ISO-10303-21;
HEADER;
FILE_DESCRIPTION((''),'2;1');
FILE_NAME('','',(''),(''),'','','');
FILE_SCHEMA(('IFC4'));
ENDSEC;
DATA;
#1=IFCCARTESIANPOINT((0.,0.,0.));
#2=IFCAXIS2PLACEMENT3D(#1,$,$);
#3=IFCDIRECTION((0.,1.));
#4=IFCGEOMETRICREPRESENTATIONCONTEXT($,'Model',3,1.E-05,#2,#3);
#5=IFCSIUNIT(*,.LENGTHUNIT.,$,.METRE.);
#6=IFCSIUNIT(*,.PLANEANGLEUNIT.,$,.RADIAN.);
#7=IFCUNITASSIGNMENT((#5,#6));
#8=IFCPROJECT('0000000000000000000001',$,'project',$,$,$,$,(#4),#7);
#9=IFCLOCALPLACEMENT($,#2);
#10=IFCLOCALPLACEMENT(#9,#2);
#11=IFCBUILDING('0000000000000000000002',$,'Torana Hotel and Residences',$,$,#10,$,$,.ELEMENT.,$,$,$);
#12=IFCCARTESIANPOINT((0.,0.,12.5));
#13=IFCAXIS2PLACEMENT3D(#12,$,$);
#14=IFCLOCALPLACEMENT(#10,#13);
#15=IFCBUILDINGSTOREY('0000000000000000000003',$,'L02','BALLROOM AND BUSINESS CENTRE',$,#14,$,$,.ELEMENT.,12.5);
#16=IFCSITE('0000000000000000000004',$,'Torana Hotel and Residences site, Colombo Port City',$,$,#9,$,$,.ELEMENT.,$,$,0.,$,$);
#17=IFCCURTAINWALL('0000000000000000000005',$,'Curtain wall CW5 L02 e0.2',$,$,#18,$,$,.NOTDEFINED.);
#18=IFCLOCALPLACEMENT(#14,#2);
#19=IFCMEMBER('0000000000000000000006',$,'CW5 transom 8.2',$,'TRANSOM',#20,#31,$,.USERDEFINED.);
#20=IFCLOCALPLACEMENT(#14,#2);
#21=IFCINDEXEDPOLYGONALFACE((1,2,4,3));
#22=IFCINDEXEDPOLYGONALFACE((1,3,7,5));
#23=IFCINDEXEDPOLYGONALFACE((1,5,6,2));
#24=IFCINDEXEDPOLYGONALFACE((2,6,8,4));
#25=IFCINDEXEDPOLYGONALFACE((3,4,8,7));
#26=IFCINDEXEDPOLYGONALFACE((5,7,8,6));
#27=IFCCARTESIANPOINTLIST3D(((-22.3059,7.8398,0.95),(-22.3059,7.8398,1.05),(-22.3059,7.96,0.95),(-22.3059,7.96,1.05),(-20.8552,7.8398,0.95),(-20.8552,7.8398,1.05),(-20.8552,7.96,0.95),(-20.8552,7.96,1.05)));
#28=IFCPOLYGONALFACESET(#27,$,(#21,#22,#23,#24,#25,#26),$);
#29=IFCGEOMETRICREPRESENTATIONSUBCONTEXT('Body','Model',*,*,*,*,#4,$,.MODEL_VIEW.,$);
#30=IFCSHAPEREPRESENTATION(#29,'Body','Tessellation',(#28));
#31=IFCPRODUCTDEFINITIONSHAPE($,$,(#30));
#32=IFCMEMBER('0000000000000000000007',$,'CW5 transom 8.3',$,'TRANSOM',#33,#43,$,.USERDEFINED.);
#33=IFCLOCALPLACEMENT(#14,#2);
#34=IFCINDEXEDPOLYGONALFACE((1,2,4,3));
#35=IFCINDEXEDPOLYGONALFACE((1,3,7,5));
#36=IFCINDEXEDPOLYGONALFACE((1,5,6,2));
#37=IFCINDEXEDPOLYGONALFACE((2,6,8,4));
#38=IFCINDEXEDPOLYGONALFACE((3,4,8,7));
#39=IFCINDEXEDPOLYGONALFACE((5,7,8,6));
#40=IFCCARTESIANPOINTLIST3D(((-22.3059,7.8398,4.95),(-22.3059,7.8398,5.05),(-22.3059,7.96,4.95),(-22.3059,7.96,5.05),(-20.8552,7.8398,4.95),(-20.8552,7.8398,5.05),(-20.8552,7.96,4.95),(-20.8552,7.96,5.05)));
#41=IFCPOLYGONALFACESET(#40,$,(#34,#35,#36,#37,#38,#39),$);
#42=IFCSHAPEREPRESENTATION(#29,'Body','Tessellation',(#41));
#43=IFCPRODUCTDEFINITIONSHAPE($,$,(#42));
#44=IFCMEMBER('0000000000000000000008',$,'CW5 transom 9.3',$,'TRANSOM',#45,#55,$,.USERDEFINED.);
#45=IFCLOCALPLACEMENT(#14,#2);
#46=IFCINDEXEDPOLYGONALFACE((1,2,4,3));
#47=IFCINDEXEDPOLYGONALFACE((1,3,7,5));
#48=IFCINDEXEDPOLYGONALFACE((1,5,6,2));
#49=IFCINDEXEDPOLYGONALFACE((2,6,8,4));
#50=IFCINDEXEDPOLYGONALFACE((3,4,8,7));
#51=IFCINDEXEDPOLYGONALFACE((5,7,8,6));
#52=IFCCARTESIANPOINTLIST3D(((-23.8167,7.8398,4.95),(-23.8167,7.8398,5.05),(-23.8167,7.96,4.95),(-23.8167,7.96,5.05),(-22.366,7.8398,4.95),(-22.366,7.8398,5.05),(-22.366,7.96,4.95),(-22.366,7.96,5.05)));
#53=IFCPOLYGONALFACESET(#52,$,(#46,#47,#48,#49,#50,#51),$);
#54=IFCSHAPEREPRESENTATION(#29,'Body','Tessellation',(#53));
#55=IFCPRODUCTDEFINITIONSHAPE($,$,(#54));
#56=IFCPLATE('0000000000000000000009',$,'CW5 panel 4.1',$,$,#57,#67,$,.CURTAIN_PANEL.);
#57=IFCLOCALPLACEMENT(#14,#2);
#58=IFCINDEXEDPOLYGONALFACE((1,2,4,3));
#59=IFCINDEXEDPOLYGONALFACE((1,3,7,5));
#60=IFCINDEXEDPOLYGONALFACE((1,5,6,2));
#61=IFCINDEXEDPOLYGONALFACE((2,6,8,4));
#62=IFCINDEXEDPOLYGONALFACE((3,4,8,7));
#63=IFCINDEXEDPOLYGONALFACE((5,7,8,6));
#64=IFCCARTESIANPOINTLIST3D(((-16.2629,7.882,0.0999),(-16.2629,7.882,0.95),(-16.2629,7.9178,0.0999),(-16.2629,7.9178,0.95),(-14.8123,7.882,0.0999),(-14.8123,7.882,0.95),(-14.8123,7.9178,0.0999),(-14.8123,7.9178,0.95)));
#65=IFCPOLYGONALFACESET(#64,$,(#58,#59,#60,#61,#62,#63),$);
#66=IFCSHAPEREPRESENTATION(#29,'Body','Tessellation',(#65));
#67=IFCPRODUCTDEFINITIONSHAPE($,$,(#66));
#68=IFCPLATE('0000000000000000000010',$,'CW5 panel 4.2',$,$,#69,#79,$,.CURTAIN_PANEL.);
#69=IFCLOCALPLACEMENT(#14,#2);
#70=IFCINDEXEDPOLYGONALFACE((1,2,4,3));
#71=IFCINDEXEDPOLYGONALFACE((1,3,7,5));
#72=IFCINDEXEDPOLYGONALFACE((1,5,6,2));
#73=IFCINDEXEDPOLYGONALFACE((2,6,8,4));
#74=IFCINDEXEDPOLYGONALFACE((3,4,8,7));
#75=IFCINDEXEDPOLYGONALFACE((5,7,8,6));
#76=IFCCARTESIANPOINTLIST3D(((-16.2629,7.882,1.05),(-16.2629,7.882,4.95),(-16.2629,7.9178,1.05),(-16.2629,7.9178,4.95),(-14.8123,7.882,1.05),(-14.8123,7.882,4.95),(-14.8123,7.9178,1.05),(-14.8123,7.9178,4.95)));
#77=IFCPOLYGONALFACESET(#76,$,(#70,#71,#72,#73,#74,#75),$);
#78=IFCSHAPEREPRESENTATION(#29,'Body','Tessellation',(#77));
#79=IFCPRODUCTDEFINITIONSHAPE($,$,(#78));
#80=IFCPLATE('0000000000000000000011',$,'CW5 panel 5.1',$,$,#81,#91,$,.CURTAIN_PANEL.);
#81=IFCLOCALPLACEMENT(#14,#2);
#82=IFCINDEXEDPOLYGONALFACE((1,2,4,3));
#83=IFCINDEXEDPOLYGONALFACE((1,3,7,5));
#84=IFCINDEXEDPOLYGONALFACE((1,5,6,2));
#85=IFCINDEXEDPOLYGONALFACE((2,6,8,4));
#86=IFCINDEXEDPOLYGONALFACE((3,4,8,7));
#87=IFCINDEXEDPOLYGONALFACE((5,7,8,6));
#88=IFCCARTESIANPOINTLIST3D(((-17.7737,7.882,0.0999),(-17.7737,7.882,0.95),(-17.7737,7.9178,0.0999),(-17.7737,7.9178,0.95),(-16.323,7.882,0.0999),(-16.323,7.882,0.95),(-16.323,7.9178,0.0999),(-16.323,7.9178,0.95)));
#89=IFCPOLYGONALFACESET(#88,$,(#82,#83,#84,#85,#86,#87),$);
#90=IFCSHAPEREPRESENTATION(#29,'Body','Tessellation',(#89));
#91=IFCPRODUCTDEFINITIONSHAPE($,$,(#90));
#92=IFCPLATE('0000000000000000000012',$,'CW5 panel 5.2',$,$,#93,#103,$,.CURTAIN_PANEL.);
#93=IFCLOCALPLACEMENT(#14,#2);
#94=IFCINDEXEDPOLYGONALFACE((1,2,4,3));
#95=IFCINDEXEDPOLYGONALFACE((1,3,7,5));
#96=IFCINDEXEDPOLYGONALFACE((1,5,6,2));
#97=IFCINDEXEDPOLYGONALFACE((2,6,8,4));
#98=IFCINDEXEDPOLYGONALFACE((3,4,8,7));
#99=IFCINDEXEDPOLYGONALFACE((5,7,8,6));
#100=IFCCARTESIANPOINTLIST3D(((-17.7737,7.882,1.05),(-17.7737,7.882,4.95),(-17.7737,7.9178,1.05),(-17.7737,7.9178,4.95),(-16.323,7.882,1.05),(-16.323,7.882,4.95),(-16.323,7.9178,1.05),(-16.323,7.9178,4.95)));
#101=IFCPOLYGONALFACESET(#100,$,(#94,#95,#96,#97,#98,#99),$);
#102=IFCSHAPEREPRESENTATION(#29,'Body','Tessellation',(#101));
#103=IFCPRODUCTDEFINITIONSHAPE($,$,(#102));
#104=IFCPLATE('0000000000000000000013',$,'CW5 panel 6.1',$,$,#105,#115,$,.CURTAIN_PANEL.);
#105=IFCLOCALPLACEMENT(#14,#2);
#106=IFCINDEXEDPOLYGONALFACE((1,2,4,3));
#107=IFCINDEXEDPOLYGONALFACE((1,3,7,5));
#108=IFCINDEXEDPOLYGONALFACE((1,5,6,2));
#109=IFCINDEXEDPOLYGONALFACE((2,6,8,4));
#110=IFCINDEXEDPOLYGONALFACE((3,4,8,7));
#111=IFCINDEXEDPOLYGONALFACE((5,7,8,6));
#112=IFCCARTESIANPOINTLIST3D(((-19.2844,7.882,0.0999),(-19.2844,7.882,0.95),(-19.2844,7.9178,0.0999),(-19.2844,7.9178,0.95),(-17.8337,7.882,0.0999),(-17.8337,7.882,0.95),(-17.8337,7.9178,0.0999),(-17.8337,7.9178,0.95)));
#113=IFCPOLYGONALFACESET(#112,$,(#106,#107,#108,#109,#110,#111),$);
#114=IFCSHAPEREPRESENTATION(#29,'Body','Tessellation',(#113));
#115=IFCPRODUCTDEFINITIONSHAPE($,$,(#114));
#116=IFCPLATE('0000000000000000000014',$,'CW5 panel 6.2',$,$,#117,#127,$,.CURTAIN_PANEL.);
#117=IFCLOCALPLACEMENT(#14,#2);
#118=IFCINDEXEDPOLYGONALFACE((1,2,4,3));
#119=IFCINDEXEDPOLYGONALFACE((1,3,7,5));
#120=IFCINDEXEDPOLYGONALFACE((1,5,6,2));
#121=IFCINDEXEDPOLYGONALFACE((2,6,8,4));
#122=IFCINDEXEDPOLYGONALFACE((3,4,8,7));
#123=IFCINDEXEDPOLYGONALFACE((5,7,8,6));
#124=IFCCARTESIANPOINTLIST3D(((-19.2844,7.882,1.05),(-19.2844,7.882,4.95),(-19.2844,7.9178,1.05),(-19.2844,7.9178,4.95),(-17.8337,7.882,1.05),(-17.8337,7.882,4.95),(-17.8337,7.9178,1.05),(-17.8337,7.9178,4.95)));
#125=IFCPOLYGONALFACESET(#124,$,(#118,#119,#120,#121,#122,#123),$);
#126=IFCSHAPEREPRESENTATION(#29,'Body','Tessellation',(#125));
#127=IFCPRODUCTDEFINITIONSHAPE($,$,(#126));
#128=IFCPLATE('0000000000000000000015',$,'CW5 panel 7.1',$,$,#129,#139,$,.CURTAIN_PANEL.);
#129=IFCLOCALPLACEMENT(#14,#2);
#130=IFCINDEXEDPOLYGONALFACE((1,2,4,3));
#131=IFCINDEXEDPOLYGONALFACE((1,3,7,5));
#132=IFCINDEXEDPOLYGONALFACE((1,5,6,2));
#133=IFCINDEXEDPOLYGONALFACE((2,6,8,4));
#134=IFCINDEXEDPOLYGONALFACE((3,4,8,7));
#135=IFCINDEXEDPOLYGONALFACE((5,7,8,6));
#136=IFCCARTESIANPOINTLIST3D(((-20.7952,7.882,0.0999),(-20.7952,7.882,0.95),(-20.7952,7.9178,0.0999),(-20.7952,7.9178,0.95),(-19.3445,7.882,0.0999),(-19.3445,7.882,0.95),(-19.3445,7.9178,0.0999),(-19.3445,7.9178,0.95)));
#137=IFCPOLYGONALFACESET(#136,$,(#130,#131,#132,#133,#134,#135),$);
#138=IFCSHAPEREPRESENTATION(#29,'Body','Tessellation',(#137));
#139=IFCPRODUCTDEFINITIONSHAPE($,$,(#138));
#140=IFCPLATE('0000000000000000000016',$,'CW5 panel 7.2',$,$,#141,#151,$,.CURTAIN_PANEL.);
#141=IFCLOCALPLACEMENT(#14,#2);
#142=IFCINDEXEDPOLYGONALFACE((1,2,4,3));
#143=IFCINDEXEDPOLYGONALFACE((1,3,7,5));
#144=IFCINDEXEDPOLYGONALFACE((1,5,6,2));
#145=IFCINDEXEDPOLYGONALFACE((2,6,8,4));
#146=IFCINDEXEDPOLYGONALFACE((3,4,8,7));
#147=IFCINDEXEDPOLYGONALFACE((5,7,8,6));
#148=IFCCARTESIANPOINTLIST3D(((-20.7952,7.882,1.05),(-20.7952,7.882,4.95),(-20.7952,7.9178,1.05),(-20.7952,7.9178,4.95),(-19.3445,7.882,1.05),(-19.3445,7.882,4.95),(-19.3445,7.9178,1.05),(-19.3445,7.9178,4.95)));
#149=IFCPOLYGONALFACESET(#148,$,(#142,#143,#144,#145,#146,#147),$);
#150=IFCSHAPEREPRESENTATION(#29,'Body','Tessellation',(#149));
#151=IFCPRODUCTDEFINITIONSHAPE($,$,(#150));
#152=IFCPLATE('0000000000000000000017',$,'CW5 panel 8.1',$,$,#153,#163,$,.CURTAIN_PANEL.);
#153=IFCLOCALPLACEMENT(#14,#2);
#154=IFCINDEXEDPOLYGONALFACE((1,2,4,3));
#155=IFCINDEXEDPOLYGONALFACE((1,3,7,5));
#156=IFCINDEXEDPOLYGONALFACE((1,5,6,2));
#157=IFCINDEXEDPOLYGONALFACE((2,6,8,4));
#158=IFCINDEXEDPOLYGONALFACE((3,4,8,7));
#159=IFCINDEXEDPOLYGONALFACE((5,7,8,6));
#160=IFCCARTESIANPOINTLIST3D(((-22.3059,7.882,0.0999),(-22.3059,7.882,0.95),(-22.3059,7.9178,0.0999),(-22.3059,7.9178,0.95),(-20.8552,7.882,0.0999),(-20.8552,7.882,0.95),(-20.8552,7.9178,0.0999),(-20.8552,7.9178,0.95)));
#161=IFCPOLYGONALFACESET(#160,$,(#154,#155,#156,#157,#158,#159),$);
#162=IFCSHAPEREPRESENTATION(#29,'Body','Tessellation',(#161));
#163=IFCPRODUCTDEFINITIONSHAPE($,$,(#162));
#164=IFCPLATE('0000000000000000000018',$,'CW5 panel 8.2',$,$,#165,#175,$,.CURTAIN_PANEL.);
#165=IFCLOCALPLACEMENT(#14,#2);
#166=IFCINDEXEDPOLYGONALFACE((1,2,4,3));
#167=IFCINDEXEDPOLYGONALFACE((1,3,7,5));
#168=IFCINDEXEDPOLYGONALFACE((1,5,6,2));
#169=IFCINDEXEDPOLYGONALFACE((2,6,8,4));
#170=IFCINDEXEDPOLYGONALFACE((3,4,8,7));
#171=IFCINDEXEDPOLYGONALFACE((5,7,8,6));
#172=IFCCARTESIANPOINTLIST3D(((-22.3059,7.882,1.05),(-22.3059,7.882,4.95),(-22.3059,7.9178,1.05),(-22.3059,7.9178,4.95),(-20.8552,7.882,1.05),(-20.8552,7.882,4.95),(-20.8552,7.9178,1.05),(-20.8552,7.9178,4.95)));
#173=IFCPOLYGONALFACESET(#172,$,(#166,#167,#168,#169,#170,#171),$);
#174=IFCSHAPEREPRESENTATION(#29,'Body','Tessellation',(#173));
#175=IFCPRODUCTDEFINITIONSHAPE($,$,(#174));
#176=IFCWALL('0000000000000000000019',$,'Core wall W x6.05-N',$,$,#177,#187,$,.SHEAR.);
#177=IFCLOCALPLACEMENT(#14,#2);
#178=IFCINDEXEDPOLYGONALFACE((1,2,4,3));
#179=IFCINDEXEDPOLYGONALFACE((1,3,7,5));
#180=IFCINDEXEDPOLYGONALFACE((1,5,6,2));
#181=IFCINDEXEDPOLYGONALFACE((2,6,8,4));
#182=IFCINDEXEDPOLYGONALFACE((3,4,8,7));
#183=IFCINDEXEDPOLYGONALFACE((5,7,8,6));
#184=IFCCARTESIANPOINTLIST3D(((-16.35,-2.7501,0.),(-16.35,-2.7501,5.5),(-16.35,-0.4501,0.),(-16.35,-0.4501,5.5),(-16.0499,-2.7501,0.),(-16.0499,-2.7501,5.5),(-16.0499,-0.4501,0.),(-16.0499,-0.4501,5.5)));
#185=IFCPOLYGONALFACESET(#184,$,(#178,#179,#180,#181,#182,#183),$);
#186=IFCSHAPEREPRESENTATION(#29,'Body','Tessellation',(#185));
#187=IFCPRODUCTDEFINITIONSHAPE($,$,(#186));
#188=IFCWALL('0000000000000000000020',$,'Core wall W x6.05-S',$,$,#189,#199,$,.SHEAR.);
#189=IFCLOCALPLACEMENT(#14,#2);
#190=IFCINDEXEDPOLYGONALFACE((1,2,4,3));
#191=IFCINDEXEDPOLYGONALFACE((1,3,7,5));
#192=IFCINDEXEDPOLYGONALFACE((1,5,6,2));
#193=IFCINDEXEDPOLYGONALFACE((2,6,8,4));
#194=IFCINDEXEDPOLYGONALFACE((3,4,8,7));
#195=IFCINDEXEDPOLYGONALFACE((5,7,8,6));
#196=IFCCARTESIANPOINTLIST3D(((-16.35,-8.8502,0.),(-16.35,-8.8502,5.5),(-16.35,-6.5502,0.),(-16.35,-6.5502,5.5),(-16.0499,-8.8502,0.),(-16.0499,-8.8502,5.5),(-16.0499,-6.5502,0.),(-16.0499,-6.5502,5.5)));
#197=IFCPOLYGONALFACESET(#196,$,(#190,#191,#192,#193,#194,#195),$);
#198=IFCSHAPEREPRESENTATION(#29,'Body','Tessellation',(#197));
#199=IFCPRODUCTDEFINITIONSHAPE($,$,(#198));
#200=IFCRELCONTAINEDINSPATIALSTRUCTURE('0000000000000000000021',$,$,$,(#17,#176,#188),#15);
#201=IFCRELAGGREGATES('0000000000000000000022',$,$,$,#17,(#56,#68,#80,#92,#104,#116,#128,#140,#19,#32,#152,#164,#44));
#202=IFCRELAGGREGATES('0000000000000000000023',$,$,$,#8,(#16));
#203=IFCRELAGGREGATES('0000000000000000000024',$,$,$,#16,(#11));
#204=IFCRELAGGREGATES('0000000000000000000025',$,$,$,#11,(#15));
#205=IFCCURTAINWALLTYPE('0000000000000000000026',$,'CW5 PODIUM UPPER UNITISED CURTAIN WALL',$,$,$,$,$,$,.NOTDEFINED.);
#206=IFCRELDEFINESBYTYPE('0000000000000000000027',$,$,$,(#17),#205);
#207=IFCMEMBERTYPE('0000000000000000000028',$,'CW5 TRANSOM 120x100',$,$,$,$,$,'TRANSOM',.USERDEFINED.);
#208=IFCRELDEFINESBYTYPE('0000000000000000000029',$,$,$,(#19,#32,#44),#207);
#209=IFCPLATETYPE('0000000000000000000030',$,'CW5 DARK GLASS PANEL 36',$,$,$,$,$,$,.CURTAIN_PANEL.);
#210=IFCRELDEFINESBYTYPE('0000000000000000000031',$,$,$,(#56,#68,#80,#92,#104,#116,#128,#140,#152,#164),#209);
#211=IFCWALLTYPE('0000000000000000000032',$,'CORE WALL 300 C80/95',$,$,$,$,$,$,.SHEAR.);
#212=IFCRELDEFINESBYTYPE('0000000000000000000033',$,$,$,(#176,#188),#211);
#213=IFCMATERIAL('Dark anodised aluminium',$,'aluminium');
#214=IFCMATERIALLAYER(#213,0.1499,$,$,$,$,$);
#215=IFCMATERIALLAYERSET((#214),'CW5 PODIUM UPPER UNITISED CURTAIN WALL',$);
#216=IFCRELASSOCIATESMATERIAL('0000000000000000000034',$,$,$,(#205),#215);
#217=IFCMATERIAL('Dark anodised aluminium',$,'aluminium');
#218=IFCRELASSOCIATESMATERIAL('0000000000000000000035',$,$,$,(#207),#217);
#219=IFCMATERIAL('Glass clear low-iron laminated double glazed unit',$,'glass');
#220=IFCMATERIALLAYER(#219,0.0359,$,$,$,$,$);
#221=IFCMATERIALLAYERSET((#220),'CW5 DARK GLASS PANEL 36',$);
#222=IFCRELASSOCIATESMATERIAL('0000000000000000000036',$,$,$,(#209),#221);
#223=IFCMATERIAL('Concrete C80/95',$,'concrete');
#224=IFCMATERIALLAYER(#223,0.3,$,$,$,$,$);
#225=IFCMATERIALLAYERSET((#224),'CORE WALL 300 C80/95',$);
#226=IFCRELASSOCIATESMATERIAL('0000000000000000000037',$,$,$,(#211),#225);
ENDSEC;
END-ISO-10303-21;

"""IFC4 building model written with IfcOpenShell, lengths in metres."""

from ifc_helpers import new_model, si_unit, direction, frame, frame_2d, origin, origin_2d, place, context, subcontext, project, spatial, rectangle, extrude, material, layer, layer_set, material_profile, profile_set, type_object, element, aggregate, save


model = new_model("IFC4")

# Units and contexts
model_context = context("Model", 3, precision=1e-05, world=origin(), true_north=direction((0.0, 1.0)))
body_context = subcontext(model_context, "Body", "Model", "MODEL_VIEW")
ifc_project = project(units=[si_unit("LENGTHUNIT", "METRE"), si_unit("PLANEANGLEUNIT", "RADIAN")], contexts=[model_context])

# Site, building, storey
site_placement = place(None, origin())
site = spatial("IfcSite", under=ifc_project, at=site_placement, Name="Torana Hotel and Residences site, Colombo Port City", CompositionType="ELEMENT", RefElevation=0.0)
building_placement = place(site_placement, origin())
building = spatial("IfcBuilding", under=site, at=building_placement, Name="Torana Hotel and Residences", CompositionType="ELEMENT")
storey_placement = place(building_placement, frame((0.0, 0.0, 12.5)))
storey = spatial("IfcBuildingStorey", under=building, at=storey_placement, Name="L02", Description="BALLROOM AND BUSINESS CENTRE", CompositionType="ELEMENT", Elevation=12.5)

# Curtain wall, members, plates
ifc_material_1 = material(Name="Dark anodised aluminium", Category="aluminium")
ifc_layer_1 = layer(ifc_material_1, 0.1499)
ifc_layer_set_1 = layer_set([ifc_layer_1], Name="CW5 PODIUM UPPER UNITISED CURTAIN WALL")
curtain_wall_type = type_object("IfcCurtainWallType", Name="CW5 PODIUM UPPER UNITISED CURTAIN WALL", PredefinedType="NOTDEFINED", material=ifc_layer_set_1)
curtain_wall_placement = place(storey_placement, origin())
curtain_wall = element("IfcCurtainWall", 1, at=curtain_wall_placement, inside=storey, type_object=curtain_wall_type, Name="Curtain wall CW5 L02 e0.2", PredefinedType="NOTDEFINED")
ifc_material_2 = material(Name="Dark anodised aluminium", Category="aluminium")
ifc_material_profile_1 = material_profile(ifc_material_2, rectangle(XDim=0.1201, YDim=0.1001, at=origin_2d()), Name="CW5 TRANSOM 120x100")
ifc_profile_set_1 = profile_set([ifc_material_profile_1], Name="Dark anodised aluminium")
member_type_1 = type_object("IfcMemberType", Name="CW5 TRANSOM 120x100", ElementType="TRANSOM", PredefinedType="USERDEFINED", material=ifc_profile_set_1)
member_1_placement = place(storey_placement, frame((-20.8552, 7.8999, 1.0), z_axis=(-1.0, 0.0, 0.0), x_axis=(0.0, -1.0, 0.0)))
member_1 = element("IfcMember", 2, at=member_1_placement, type_object=member_type_1, Name="CW5 transom 8.2", ObjectType="TRANSOM", PredefinedType="USERDEFINED", context=body_context, shape_type="SweptSolid", body=[
    extrude(rectangle(XDim=0.1201, YDim=0.1001, at=origin_2d()), origin(), (0.0, 0.0, 1.0), 1.4507),
])
member_2_placement = place(storey_placement, frame((-20.8552, 7.8999, 5.0), z_axis=(-1.0, 0.0, 0.0), x_axis=(0.0, -1.0, 0.0)))
member_2 = element("IfcMember", 3, at=member_2_placement, type_object=member_type_1, Name="CW5 transom 8.3", ObjectType="TRANSOM", PredefinedType="USERDEFINED", context=body_context, shape_type="SweptSolid", body=[
    extrude(rectangle(XDim=0.1201, YDim=0.1001, at=origin_2d()), origin(), (0.0, 0.0, 1.0), 1.4507),
])
member_3_placement = place(storey_placement, frame((-22.366, 7.8999, 5.0), z_axis=(-1.0, 0.0, 0.0), x_axis=(0.0, -1.0, 0.0)))
member_3 = element("IfcMember", 4, at=member_3_placement, type_object=member_type_1, Name="CW5 transom 9.3", ObjectType="TRANSOM", PredefinedType="USERDEFINED", context=body_context, shape_type="SweptSolid", body=[
    extrude(rectangle(XDim=0.1201, YDim=0.1001, at=origin_2d()), origin(), (0.0, 0.0, 1.0), 1.4507),
])
ifc_material_3 = material(Name="Glass clear low-iron laminated double glazed unit", Category="glass")
ifc_layer_2 = layer(ifc_material_3, 0.0359)
ifc_layer_set_2 = layer_set([ifc_layer_2], Name="CW5 DARK GLASS PANEL 36")
plate_type = type_object("IfcPlateType", Name="CW5 DARK GLASS PANEL 36", PredefinedType="CURTAIN_PANEL", material=ifc_layer_set_2)
plate_1_placement = place(storey_placement, frame((-15.5376, 7.8999, 0.0999), z_axis=(0.0, 0.0, 1.0), x_axis=(-1.0, 0.0, 0.0)))
plate_1 = element("IfcPlate", 5, at=plate_1_placement, type_object=plate_type, Name="CW5 panel 4.1", PredefinedType="CURTAIN_PANEL", context=body_context, shape_type="SweptSolid", body=[
    extrude(rectangle(XDim=1.4507, YDim=0.0359, at=origin_2d()), origin(), (0.0, 0.0, 1.0), 0.8501),
])
plate_2_placement = place(storey_placement, frame((-15.5376, 7.8999, 1.05), z_axis=(0.0, 0.0, 1.0), x_axis=(-1.0, 0.0, 0.0)))
plate_2 = element("IfcPlate", 6, at=plate_2_placement, type_object=plate_type, Name="CW5 panel 4.2", PredefinedType="CURTAIN_PANEL", context=body_context, shape_type="SweptSolid", body=[
    extrude(rectangle(XDim=1.4507, YDim=0.0359, at=origin_2d()), origin(), (0.0, 0.0, 1.0), 3.8999),
])
plate_3_placement = place(storey_placement, frame((-17.0483, 7.8999, 0.0999), z_axis=(0.0, 0.0, 1.0), x_axis=(-1.0, 0.0, 0.0)))
plate_3 = element("IfcPlate", 7, at=plate_3_placement, type_object=plate_type, Name="CW5 panel 5.1", PredefinedType="CURTAIN_PANEL", context=body_context, shape_type="SweptSolid", body=[
    extrude(rectangle(XDim=1.4507, YDim=0.0359, at=origin_2d()), origin(), (0.0, 0.0, 1.0), 0.8501),
])
plate_4_placement = place(storey_placement, frame((-17.0483, 7.8999, 1.05), z_axis=(0.0, 0.0, 1.0), x_axis=(-1.0, 0.0, 0.0)))
plate_4 = element("IfcPlate", 8, at=plate_4_placement, type_object=plate_type, Name="CW5 panel 5.2", PredefinedType="CURTAIN_PANEL", context=body_context, shape_type="SweptSolid", body=[
    extrude(rectangle(XDim=1.4507, YDim=0.0359, at=origin_2d()), origin(), (0.0, 0.0, 1.0), 3.8999),
])
plate_5_placement = place(storey_placement, frame((-18.5591, 7.8999, 0.0999), z_axis=(0.0, 0.0, 1.0), x_axis=(-1.0, 0.0, 0.0)))
plate_5 = element("IfcPlate", 9, at=plate_5_placement, type_object=plate_type, Name="CW5 panel 6.1", PredefinedType="CURTAIN_PANEL", context=body_context, shape_type="SweptSolid", body=[
    extrude(rectangle(XDim=1.4507, YDim=0.0359, at=origin_2d()), origin(), (0.0, 0.0, 1.0), 0.8501),
])
plate_6_placement = place(storey_placement, frame((-18.5591, 7.8999, 1.05), z_axis=(0.0, 0.0, 1.0), x_axis=(-1.0, 0.0, 0.0)))
plate_6 = element("IfcPlate", 10, at=plate_6_placement, type_object=plate_type, Name="CW5 panel 6.2", PredefinedType="CURTAIN_PANEL", context=body_context, shape_type="SweptSolid", body=[
    extrude(rectangle(XDim=1.4507, YDim=0.0359, at=origin_2d()), origin(), (0.0, 0.0, 1.0), 3.8999),
])
plate_7_placement = place(storey_placement, frame((-20.0698, 7.8999, 0.0999), z_axis=(0.0, 0.0, 1.0), x_axis=(-1.0, 0.0, 0.0)))
plate_7 = element("IfcPlate", 11, at=plate_7_placement, type_object=plate_type, Name="CW5 panel 7.1", PredefinedType="CURTAIN_PANEL", context=body_context, shape_type="SweptSolid", body=[
    extrude(rectangle(XDim=1.4507, YDim=0.0359, at=origin_2d()), origin(), (0.0, 0.0, 1.0), 0.8501),
])
plate_8_placement = place(storey_placement, frame((-20.0698, 7.8999, 1.05), z_axis=(0.0, 0.0, 1.0), x_axis=(-1.0, 0.0, 0.0)))
plate_8 = element("IfcPlate", 12, at=plate_8_placement, type_object=plate_type, Name="CW5 panel 7.2", PredefinedType="CURTAIN_PANEL", context=body_context, shape_type="SweptSolid", body=[
    extrude(rectangle(XDim=1.4507, YDim=0.0359, at=origin_2d()), origin(), (0.0, 0.0, 1.0), 3.8999),
])
plate_9_placement = place(storey_placement, frame((-21.5806, 7.8999, 0.0999), z_axis=(0.0, 0.0, 1.0), x_axis=(-1.0, 0.0, 0.0)))
plate_9 = element("IfcPlate", 13, at=plate_9_placement, type_object=plate_type, Name="CW5 panel 8.1", PredefinedType="CURTAIN_PANEL", context=body_context, shape_type="SweptSolid", body=[
    extrude(rectangle(XDim=1.4507, YDim=0.0359, at=origin_2d()), origin(), (0.0, 0.0, 1.0), 0.8501),
])
plate_10_placement = place(storey_placement, frame((-21.5806, 7.8999, 1.05), z_axis=(0.0, 0.0, 1.0), x_axis=(-1.0, 0.0, 0.0)))
plate_10 = element("IfcPlate", 14, at=plate_10_placement, type_object=plate_type, Name="CW5 panel 8.2", PredefinedType="CURTAIN_PANEL", context=body_context, shape_type="SweptSolid", body=[
    extrude(rectangle(XDim=1.4507, YDim=0.0359, at=origin_2d()), origin(), (0.0, 0.0, 1.0), 3.8999),
])
aggregate(curtain_wall, [plate_1, plate_2, plate_3, plate_4, plate_5, plate_6, plate_7, plate_8, member_1, member_2, plate_9, plate_10, member_3])

# Walls
ifc_material_4 = material(Name="Concrete C80/95", Category="concrete")
ifc_layer_3 = layer(ifc_material_4, 0.3)
ifc_layer_set_3 = layer_set([ifc_layer_3], Name="CORE WALL 300 C80/95")
wall_type_1 = type_object("IfcWallType", Name="CORE WALL 300 C80/95", PredefinedType="SHEAR", material=ifc_layer_set_3)
for number, where, z_axis, x_axis, name in (
    (15, (-16.2, -2.75, 0.0), (0.0, 0.0, 1.0), (0.0, 1.0, 0.0), "Core wall W x6.05-N"),
    (16, (-16.2, -8.8501, 0.0), (0.0, 0.0, 1.0), (0.0, 1.0, 0.0), "Core wall W x6.05-S"),
):
    element("IfcWall", number, at=place(storey_placement, frame(where, z_axis=z_axis, x_axis=x_axis)), inside=storey, type_object=wall_type_1, Name=name, PredefinedType="SHEAR", context=body_context, shape_type="SweptSolid", body=[
        extrude(rectangle(XDim=2.3, YDim=0.3, at=frame_2d((1.1499, 0.0))), origin(), (0.0, 0.0, 1.0), 5.5),
    ])

save(model, "model.ifc")
